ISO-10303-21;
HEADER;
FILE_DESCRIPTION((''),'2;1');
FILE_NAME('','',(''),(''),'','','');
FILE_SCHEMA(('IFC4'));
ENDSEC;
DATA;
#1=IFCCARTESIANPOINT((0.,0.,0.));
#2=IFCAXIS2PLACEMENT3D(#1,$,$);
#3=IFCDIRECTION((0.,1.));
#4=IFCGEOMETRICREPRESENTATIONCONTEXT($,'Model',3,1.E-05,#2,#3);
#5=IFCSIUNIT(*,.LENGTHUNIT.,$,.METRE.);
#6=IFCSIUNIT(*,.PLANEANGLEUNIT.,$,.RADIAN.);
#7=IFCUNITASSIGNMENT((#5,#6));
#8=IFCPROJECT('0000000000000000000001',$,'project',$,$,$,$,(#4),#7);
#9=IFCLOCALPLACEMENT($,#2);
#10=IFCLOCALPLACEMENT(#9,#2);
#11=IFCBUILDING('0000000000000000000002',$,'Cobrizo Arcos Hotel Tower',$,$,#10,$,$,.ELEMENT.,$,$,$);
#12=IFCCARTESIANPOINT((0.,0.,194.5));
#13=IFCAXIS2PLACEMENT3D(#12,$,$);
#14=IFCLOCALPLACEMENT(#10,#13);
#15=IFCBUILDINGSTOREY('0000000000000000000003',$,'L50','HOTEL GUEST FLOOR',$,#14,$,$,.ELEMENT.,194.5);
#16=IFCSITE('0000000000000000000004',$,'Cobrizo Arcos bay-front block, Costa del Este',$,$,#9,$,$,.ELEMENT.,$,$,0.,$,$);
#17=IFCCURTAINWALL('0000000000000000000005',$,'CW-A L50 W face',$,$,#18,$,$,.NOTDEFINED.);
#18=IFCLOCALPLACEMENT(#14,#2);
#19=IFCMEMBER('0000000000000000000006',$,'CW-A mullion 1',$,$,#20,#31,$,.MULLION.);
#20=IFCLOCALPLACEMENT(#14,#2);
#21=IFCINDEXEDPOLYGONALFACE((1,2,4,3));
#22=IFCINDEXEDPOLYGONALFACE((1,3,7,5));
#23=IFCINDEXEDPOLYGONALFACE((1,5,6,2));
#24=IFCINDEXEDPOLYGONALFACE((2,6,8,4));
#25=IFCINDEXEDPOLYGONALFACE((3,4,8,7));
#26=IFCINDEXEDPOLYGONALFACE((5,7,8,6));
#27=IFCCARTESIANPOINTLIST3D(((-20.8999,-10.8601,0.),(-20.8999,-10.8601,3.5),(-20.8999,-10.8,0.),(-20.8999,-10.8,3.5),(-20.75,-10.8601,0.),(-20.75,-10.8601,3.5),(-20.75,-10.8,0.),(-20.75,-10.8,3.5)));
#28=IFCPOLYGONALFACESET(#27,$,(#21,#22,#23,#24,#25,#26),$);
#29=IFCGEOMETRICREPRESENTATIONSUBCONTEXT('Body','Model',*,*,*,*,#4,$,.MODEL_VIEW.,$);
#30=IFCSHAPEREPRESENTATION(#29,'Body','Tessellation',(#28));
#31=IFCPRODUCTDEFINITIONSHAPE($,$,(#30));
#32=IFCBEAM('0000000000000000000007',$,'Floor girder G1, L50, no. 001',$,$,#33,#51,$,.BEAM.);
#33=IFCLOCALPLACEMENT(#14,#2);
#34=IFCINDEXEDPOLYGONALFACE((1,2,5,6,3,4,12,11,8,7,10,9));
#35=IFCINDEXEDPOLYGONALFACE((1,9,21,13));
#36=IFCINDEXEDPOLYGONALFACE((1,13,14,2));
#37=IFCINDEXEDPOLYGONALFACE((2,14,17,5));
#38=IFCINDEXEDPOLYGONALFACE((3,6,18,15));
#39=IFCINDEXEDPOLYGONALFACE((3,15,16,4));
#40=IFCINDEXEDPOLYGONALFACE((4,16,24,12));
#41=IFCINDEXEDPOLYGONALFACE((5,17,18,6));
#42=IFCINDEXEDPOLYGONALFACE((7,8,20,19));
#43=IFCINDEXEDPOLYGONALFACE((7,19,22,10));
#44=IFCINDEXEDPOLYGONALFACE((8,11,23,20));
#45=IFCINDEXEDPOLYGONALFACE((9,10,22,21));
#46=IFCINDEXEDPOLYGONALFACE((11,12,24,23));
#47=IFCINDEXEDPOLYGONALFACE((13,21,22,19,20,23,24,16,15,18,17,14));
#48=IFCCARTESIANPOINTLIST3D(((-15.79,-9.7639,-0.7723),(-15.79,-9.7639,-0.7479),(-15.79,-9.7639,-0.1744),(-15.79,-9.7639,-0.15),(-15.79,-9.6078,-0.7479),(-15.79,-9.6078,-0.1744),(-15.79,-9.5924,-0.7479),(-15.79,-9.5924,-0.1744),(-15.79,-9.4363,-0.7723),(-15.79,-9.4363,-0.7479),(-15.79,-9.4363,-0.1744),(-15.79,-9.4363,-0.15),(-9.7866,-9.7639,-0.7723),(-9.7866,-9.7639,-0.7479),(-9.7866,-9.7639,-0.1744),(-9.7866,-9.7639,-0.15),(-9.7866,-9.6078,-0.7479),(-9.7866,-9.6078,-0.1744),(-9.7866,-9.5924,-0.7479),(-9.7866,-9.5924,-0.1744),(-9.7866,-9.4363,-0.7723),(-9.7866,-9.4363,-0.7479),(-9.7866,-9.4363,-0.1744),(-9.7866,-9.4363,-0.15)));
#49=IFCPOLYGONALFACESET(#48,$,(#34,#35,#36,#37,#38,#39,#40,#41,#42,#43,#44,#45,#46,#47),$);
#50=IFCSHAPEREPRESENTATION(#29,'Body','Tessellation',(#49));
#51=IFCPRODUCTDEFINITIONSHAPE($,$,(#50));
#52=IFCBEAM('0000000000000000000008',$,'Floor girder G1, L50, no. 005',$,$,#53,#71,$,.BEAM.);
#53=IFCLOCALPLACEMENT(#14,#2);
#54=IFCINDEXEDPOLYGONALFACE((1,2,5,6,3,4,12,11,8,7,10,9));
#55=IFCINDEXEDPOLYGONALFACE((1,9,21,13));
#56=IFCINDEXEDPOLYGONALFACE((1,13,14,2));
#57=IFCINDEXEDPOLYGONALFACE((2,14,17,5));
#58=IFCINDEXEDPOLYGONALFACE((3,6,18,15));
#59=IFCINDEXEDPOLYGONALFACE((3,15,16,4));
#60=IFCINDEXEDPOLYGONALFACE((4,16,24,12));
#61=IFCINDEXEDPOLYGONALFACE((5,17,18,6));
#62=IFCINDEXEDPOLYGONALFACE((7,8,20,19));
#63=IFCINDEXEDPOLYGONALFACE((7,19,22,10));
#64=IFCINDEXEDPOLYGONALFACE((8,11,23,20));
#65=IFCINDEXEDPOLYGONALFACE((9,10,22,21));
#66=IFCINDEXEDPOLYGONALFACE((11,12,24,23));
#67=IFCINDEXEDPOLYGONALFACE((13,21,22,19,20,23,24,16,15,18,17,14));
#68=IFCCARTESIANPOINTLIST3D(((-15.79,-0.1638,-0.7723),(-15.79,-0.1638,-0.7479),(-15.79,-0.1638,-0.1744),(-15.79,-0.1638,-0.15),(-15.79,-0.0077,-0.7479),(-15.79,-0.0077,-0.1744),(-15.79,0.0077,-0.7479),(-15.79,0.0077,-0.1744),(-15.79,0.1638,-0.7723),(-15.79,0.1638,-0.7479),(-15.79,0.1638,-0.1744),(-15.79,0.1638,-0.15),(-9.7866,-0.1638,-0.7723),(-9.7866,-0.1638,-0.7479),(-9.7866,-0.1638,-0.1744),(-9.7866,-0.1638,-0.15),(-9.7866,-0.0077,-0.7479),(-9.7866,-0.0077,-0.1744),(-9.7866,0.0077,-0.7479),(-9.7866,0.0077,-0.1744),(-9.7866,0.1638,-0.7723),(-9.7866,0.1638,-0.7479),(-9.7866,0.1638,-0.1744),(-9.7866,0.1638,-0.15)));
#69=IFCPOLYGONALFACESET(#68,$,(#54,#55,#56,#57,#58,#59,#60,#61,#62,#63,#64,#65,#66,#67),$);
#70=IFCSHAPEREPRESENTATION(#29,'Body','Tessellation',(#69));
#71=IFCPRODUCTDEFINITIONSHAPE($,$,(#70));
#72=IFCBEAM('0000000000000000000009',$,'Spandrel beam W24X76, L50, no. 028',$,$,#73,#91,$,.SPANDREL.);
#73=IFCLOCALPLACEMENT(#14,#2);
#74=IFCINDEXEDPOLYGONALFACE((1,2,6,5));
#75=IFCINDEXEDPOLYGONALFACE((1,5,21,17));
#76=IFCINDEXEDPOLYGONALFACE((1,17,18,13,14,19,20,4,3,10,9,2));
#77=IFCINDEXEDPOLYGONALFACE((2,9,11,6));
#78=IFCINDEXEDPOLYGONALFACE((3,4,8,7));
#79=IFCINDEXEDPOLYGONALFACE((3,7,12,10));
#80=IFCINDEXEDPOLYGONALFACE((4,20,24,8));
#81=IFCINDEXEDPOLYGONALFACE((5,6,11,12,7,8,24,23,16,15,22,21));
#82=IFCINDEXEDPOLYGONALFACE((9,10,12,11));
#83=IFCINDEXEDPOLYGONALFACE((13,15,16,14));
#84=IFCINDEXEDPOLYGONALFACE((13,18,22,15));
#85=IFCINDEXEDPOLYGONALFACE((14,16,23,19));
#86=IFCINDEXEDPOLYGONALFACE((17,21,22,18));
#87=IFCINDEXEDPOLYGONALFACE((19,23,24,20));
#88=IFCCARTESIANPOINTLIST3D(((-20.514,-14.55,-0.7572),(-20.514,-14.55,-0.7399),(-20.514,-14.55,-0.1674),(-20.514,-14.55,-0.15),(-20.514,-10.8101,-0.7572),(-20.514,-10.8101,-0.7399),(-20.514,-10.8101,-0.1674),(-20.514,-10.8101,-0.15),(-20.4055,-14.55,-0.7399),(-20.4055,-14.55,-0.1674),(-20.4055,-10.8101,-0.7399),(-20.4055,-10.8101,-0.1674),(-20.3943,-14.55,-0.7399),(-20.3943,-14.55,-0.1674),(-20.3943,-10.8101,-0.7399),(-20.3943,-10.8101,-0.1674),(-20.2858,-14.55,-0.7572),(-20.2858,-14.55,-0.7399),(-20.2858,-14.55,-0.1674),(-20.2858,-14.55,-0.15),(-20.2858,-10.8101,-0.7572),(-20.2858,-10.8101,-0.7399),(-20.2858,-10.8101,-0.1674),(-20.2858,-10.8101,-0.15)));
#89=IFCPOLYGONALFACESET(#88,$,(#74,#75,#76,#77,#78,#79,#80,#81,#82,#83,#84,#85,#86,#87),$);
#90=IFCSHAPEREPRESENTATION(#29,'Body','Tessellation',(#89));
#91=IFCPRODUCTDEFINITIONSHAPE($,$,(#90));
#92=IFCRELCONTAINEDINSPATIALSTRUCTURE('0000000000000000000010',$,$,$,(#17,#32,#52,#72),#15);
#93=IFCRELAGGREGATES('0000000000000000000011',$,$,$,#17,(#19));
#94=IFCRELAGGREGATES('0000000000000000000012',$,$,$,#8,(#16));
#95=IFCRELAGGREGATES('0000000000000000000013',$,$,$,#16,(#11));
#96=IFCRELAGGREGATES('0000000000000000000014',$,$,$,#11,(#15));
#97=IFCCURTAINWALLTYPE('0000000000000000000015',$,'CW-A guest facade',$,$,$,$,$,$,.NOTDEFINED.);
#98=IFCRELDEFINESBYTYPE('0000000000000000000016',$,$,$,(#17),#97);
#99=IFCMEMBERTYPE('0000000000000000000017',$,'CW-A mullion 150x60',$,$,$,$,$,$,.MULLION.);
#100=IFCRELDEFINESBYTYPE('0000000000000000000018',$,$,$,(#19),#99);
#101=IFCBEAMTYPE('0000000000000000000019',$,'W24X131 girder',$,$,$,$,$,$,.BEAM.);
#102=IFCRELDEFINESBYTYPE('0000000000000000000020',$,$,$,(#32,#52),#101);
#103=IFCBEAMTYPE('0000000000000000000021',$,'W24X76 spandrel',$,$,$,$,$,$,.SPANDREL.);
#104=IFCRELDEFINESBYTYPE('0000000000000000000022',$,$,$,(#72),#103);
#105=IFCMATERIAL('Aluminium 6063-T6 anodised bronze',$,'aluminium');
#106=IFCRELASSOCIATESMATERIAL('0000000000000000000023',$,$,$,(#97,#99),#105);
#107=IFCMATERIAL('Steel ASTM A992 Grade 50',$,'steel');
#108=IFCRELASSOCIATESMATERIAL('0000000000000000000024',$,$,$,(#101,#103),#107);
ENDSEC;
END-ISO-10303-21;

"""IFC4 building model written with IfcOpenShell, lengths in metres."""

from ifc_helpers import new_model, si_unit, direction, frame, origin, origin_2d, place, context, subcontext, project, spatial, rectangle, i_section, extrude, material, material_profile, profile_set, type_object, element, aggregate, save


model = new_model("IFC4")

# Units and contexts
model_context = context("Model", 3, precision=1e-05, world=origin(), true_north=direction((0.0, 1.0)))
body_context = subcontext(model_context, "Body", "Model", "MODEL_VIEW")
ifc_project = project(units=[si_unit("LENGTHUNIT", "METRE"), si_unit("PLANEANGLEUNIT", "RADIAN")], contexts=[model_context])

# Site, building, storey
site_placement = place(None, origin())
site = spatial("IfcSite", under=ifc_project, at=site_placement, Name="Cobrizo Arcos bay-front block, Costa del Este", CompositionType="ELEMENT", RefElevation=0.0)
building_placement = place(site_placement, origin())
building = spatial("IfcBuilding", under=site, at=building_placement, Name="Cobrizo Arcos Hotel Tower", CompositionType="ELEMENT")
storey_placement = place(building_placement, frame((0.0, 0.0, 194.5)))
storey = spatial("IfcBuildingStorey", under=building, at=storey_placement, Name="L50", Description="HOTEL GUEST FLOOR", CompositionType="ELEMENT", Elevation=194.5)

# Curtain wall, member
ifc_material_1 = material(Name="Aluminium 6063-T6 anodised bronze", Category="aluminium")
curtain_wall_type = type_object("IfcCurtainWallType", Name="CW-A guest facade", PredefinedType="NOTDEFINED", material=ifc_material_1)
curtain_wall_placement = place(storey_placement, origin())
curtain_wall = element("IfcCurtainWall", 1, at=curtain_wall_placement, inside=storey, type_object=curtain_wall_type, Name="CW-A L50 W face", PredefinedType="NOTDEFINED")
ifc_material_profile_1 = material_profile(ifc_material_1, rectangle(XDim=0.1499, YDim=0.0601, at=origin_2d()), Name="CW-A mullion 150x60")
ifc_profile_set_1 = profile_set([ifc_material_profile_1], Name="Aluminium 6063-T6 anodised bronze")
member_type = type_object("IfcMemberType", Name="CW-A mullion 150x60", PredefinedType="MULLION", material=ifc_profile_set_1)
member_placement = place(storey_placement, frame((-20.825, -10.8301, 0.0), z_axis=(0.0, 0.0, 1.0), x_axis=(-1.0, 0.0, 0.0)))
member = element("IfcMember", 2, at=member_placement, type_object=member_type, Name="CW-A mullion 1", PredefinedType="MULLION", context=body_context, shape_type="SweptSolid", body=[
    extrude(rectangle(XDim=0.1499, YDim=0.0601, at=origin_2d()), origin(), (0.0, 0.0, 1.0), 3.5),
])
aggregate(curtain_wall, [member])

# Beams
ifc_material_2 = material(Name="Steel ASTM A992 Grade 50", Category="steel")
ifc_material_profile_2 = material_profile(ifc_material_2, i_section(OverallWidth=0.3276, OverallDepth=0.6223, WebThickness=0.0154, FlangeThickness=0.0244, at=origin_2d()), Name="W24X131")
ifc_profile_set_2 = profile_set([ifc_material_profile_2], Name="Steel ASTM A992 Grade 50")
beam_type_1 = type_object("IfcBeamType", Name="W24X131 girder", PredefinedType="BEAM", material=ifc_profile_set_2)
for number, where, z_axis, x_axis, name in (
    (3, (-15.79, -9.6001, -0.4612), (1.0, 0.0, 0.0), (0.0, 1.0, 0.0), "Floor girder G1, L50, no. 001"),
    (4, (-15.79, 0.0, -0.4612), (1.0, 0.0, 0.0), (0.0, 1.0, 0.0), "Floor girder G1, L50, no. 005"),
):
    element("IfcBeam", number, at=place(storey_placement, frame(where, z_axis=z_axis, x_axis=x_axis)), inside=storey, type_object=beam_type_1, Name=name, PredefinedType="BEAM", context=body_context, shape_type="SweptSolid", body=[
        extrude(i_section(OverallWidth=0.3276, OverallDepth=0.6223, WebThickness=0.0154, FlangeThickness=0.0244, at=origin_2d()), origin(), (0.0, 0.0, 1.0), 6.0034),
    ])
ifc_material_profile_3 = material_profile(ifc_material_2, i_section(OverallWidth=0.2283, OverallDepth=0.6072, WebThickness=0.0112, FlangeThickness=0.0173, at=origin_2d()), Name="W24X76")
ifc_profile_set_3 = profile_set([ifc_material_profile_3], Name="Steel ASTM A992 Grade 50")
beam_type_2 = type_object("IfcBeamType", Name="W24X76 spandrel", PredefinedType="SPANDREL", material=ifc_profile_set_3)
beam_placement = place(storey_placement, frame((-20.3999, -10.8101, -0.4536), z_axis=(0.0, -1.0, 0.0), x_axis=(1.0, 0.0, 0.0)))
element("IfcBeam", 5, at=beam_placement, inside=storey, type_object=beam_type_2, Name="Spandrel beam W24X76, L50, no. 028", PredefinedType="SPANDREL", context=body_context, shape_type="SweptSolid", body=[
    extrude(i_section(OverallWidth=0.2283, OverallDepth=0.6072, WebThickness=0.0112, FlangeThickness=0.0173, at=origin_2d()), origin(), (0.0, 0.0, 1.0), 3.74),
])

save(model, "model.ifc")
